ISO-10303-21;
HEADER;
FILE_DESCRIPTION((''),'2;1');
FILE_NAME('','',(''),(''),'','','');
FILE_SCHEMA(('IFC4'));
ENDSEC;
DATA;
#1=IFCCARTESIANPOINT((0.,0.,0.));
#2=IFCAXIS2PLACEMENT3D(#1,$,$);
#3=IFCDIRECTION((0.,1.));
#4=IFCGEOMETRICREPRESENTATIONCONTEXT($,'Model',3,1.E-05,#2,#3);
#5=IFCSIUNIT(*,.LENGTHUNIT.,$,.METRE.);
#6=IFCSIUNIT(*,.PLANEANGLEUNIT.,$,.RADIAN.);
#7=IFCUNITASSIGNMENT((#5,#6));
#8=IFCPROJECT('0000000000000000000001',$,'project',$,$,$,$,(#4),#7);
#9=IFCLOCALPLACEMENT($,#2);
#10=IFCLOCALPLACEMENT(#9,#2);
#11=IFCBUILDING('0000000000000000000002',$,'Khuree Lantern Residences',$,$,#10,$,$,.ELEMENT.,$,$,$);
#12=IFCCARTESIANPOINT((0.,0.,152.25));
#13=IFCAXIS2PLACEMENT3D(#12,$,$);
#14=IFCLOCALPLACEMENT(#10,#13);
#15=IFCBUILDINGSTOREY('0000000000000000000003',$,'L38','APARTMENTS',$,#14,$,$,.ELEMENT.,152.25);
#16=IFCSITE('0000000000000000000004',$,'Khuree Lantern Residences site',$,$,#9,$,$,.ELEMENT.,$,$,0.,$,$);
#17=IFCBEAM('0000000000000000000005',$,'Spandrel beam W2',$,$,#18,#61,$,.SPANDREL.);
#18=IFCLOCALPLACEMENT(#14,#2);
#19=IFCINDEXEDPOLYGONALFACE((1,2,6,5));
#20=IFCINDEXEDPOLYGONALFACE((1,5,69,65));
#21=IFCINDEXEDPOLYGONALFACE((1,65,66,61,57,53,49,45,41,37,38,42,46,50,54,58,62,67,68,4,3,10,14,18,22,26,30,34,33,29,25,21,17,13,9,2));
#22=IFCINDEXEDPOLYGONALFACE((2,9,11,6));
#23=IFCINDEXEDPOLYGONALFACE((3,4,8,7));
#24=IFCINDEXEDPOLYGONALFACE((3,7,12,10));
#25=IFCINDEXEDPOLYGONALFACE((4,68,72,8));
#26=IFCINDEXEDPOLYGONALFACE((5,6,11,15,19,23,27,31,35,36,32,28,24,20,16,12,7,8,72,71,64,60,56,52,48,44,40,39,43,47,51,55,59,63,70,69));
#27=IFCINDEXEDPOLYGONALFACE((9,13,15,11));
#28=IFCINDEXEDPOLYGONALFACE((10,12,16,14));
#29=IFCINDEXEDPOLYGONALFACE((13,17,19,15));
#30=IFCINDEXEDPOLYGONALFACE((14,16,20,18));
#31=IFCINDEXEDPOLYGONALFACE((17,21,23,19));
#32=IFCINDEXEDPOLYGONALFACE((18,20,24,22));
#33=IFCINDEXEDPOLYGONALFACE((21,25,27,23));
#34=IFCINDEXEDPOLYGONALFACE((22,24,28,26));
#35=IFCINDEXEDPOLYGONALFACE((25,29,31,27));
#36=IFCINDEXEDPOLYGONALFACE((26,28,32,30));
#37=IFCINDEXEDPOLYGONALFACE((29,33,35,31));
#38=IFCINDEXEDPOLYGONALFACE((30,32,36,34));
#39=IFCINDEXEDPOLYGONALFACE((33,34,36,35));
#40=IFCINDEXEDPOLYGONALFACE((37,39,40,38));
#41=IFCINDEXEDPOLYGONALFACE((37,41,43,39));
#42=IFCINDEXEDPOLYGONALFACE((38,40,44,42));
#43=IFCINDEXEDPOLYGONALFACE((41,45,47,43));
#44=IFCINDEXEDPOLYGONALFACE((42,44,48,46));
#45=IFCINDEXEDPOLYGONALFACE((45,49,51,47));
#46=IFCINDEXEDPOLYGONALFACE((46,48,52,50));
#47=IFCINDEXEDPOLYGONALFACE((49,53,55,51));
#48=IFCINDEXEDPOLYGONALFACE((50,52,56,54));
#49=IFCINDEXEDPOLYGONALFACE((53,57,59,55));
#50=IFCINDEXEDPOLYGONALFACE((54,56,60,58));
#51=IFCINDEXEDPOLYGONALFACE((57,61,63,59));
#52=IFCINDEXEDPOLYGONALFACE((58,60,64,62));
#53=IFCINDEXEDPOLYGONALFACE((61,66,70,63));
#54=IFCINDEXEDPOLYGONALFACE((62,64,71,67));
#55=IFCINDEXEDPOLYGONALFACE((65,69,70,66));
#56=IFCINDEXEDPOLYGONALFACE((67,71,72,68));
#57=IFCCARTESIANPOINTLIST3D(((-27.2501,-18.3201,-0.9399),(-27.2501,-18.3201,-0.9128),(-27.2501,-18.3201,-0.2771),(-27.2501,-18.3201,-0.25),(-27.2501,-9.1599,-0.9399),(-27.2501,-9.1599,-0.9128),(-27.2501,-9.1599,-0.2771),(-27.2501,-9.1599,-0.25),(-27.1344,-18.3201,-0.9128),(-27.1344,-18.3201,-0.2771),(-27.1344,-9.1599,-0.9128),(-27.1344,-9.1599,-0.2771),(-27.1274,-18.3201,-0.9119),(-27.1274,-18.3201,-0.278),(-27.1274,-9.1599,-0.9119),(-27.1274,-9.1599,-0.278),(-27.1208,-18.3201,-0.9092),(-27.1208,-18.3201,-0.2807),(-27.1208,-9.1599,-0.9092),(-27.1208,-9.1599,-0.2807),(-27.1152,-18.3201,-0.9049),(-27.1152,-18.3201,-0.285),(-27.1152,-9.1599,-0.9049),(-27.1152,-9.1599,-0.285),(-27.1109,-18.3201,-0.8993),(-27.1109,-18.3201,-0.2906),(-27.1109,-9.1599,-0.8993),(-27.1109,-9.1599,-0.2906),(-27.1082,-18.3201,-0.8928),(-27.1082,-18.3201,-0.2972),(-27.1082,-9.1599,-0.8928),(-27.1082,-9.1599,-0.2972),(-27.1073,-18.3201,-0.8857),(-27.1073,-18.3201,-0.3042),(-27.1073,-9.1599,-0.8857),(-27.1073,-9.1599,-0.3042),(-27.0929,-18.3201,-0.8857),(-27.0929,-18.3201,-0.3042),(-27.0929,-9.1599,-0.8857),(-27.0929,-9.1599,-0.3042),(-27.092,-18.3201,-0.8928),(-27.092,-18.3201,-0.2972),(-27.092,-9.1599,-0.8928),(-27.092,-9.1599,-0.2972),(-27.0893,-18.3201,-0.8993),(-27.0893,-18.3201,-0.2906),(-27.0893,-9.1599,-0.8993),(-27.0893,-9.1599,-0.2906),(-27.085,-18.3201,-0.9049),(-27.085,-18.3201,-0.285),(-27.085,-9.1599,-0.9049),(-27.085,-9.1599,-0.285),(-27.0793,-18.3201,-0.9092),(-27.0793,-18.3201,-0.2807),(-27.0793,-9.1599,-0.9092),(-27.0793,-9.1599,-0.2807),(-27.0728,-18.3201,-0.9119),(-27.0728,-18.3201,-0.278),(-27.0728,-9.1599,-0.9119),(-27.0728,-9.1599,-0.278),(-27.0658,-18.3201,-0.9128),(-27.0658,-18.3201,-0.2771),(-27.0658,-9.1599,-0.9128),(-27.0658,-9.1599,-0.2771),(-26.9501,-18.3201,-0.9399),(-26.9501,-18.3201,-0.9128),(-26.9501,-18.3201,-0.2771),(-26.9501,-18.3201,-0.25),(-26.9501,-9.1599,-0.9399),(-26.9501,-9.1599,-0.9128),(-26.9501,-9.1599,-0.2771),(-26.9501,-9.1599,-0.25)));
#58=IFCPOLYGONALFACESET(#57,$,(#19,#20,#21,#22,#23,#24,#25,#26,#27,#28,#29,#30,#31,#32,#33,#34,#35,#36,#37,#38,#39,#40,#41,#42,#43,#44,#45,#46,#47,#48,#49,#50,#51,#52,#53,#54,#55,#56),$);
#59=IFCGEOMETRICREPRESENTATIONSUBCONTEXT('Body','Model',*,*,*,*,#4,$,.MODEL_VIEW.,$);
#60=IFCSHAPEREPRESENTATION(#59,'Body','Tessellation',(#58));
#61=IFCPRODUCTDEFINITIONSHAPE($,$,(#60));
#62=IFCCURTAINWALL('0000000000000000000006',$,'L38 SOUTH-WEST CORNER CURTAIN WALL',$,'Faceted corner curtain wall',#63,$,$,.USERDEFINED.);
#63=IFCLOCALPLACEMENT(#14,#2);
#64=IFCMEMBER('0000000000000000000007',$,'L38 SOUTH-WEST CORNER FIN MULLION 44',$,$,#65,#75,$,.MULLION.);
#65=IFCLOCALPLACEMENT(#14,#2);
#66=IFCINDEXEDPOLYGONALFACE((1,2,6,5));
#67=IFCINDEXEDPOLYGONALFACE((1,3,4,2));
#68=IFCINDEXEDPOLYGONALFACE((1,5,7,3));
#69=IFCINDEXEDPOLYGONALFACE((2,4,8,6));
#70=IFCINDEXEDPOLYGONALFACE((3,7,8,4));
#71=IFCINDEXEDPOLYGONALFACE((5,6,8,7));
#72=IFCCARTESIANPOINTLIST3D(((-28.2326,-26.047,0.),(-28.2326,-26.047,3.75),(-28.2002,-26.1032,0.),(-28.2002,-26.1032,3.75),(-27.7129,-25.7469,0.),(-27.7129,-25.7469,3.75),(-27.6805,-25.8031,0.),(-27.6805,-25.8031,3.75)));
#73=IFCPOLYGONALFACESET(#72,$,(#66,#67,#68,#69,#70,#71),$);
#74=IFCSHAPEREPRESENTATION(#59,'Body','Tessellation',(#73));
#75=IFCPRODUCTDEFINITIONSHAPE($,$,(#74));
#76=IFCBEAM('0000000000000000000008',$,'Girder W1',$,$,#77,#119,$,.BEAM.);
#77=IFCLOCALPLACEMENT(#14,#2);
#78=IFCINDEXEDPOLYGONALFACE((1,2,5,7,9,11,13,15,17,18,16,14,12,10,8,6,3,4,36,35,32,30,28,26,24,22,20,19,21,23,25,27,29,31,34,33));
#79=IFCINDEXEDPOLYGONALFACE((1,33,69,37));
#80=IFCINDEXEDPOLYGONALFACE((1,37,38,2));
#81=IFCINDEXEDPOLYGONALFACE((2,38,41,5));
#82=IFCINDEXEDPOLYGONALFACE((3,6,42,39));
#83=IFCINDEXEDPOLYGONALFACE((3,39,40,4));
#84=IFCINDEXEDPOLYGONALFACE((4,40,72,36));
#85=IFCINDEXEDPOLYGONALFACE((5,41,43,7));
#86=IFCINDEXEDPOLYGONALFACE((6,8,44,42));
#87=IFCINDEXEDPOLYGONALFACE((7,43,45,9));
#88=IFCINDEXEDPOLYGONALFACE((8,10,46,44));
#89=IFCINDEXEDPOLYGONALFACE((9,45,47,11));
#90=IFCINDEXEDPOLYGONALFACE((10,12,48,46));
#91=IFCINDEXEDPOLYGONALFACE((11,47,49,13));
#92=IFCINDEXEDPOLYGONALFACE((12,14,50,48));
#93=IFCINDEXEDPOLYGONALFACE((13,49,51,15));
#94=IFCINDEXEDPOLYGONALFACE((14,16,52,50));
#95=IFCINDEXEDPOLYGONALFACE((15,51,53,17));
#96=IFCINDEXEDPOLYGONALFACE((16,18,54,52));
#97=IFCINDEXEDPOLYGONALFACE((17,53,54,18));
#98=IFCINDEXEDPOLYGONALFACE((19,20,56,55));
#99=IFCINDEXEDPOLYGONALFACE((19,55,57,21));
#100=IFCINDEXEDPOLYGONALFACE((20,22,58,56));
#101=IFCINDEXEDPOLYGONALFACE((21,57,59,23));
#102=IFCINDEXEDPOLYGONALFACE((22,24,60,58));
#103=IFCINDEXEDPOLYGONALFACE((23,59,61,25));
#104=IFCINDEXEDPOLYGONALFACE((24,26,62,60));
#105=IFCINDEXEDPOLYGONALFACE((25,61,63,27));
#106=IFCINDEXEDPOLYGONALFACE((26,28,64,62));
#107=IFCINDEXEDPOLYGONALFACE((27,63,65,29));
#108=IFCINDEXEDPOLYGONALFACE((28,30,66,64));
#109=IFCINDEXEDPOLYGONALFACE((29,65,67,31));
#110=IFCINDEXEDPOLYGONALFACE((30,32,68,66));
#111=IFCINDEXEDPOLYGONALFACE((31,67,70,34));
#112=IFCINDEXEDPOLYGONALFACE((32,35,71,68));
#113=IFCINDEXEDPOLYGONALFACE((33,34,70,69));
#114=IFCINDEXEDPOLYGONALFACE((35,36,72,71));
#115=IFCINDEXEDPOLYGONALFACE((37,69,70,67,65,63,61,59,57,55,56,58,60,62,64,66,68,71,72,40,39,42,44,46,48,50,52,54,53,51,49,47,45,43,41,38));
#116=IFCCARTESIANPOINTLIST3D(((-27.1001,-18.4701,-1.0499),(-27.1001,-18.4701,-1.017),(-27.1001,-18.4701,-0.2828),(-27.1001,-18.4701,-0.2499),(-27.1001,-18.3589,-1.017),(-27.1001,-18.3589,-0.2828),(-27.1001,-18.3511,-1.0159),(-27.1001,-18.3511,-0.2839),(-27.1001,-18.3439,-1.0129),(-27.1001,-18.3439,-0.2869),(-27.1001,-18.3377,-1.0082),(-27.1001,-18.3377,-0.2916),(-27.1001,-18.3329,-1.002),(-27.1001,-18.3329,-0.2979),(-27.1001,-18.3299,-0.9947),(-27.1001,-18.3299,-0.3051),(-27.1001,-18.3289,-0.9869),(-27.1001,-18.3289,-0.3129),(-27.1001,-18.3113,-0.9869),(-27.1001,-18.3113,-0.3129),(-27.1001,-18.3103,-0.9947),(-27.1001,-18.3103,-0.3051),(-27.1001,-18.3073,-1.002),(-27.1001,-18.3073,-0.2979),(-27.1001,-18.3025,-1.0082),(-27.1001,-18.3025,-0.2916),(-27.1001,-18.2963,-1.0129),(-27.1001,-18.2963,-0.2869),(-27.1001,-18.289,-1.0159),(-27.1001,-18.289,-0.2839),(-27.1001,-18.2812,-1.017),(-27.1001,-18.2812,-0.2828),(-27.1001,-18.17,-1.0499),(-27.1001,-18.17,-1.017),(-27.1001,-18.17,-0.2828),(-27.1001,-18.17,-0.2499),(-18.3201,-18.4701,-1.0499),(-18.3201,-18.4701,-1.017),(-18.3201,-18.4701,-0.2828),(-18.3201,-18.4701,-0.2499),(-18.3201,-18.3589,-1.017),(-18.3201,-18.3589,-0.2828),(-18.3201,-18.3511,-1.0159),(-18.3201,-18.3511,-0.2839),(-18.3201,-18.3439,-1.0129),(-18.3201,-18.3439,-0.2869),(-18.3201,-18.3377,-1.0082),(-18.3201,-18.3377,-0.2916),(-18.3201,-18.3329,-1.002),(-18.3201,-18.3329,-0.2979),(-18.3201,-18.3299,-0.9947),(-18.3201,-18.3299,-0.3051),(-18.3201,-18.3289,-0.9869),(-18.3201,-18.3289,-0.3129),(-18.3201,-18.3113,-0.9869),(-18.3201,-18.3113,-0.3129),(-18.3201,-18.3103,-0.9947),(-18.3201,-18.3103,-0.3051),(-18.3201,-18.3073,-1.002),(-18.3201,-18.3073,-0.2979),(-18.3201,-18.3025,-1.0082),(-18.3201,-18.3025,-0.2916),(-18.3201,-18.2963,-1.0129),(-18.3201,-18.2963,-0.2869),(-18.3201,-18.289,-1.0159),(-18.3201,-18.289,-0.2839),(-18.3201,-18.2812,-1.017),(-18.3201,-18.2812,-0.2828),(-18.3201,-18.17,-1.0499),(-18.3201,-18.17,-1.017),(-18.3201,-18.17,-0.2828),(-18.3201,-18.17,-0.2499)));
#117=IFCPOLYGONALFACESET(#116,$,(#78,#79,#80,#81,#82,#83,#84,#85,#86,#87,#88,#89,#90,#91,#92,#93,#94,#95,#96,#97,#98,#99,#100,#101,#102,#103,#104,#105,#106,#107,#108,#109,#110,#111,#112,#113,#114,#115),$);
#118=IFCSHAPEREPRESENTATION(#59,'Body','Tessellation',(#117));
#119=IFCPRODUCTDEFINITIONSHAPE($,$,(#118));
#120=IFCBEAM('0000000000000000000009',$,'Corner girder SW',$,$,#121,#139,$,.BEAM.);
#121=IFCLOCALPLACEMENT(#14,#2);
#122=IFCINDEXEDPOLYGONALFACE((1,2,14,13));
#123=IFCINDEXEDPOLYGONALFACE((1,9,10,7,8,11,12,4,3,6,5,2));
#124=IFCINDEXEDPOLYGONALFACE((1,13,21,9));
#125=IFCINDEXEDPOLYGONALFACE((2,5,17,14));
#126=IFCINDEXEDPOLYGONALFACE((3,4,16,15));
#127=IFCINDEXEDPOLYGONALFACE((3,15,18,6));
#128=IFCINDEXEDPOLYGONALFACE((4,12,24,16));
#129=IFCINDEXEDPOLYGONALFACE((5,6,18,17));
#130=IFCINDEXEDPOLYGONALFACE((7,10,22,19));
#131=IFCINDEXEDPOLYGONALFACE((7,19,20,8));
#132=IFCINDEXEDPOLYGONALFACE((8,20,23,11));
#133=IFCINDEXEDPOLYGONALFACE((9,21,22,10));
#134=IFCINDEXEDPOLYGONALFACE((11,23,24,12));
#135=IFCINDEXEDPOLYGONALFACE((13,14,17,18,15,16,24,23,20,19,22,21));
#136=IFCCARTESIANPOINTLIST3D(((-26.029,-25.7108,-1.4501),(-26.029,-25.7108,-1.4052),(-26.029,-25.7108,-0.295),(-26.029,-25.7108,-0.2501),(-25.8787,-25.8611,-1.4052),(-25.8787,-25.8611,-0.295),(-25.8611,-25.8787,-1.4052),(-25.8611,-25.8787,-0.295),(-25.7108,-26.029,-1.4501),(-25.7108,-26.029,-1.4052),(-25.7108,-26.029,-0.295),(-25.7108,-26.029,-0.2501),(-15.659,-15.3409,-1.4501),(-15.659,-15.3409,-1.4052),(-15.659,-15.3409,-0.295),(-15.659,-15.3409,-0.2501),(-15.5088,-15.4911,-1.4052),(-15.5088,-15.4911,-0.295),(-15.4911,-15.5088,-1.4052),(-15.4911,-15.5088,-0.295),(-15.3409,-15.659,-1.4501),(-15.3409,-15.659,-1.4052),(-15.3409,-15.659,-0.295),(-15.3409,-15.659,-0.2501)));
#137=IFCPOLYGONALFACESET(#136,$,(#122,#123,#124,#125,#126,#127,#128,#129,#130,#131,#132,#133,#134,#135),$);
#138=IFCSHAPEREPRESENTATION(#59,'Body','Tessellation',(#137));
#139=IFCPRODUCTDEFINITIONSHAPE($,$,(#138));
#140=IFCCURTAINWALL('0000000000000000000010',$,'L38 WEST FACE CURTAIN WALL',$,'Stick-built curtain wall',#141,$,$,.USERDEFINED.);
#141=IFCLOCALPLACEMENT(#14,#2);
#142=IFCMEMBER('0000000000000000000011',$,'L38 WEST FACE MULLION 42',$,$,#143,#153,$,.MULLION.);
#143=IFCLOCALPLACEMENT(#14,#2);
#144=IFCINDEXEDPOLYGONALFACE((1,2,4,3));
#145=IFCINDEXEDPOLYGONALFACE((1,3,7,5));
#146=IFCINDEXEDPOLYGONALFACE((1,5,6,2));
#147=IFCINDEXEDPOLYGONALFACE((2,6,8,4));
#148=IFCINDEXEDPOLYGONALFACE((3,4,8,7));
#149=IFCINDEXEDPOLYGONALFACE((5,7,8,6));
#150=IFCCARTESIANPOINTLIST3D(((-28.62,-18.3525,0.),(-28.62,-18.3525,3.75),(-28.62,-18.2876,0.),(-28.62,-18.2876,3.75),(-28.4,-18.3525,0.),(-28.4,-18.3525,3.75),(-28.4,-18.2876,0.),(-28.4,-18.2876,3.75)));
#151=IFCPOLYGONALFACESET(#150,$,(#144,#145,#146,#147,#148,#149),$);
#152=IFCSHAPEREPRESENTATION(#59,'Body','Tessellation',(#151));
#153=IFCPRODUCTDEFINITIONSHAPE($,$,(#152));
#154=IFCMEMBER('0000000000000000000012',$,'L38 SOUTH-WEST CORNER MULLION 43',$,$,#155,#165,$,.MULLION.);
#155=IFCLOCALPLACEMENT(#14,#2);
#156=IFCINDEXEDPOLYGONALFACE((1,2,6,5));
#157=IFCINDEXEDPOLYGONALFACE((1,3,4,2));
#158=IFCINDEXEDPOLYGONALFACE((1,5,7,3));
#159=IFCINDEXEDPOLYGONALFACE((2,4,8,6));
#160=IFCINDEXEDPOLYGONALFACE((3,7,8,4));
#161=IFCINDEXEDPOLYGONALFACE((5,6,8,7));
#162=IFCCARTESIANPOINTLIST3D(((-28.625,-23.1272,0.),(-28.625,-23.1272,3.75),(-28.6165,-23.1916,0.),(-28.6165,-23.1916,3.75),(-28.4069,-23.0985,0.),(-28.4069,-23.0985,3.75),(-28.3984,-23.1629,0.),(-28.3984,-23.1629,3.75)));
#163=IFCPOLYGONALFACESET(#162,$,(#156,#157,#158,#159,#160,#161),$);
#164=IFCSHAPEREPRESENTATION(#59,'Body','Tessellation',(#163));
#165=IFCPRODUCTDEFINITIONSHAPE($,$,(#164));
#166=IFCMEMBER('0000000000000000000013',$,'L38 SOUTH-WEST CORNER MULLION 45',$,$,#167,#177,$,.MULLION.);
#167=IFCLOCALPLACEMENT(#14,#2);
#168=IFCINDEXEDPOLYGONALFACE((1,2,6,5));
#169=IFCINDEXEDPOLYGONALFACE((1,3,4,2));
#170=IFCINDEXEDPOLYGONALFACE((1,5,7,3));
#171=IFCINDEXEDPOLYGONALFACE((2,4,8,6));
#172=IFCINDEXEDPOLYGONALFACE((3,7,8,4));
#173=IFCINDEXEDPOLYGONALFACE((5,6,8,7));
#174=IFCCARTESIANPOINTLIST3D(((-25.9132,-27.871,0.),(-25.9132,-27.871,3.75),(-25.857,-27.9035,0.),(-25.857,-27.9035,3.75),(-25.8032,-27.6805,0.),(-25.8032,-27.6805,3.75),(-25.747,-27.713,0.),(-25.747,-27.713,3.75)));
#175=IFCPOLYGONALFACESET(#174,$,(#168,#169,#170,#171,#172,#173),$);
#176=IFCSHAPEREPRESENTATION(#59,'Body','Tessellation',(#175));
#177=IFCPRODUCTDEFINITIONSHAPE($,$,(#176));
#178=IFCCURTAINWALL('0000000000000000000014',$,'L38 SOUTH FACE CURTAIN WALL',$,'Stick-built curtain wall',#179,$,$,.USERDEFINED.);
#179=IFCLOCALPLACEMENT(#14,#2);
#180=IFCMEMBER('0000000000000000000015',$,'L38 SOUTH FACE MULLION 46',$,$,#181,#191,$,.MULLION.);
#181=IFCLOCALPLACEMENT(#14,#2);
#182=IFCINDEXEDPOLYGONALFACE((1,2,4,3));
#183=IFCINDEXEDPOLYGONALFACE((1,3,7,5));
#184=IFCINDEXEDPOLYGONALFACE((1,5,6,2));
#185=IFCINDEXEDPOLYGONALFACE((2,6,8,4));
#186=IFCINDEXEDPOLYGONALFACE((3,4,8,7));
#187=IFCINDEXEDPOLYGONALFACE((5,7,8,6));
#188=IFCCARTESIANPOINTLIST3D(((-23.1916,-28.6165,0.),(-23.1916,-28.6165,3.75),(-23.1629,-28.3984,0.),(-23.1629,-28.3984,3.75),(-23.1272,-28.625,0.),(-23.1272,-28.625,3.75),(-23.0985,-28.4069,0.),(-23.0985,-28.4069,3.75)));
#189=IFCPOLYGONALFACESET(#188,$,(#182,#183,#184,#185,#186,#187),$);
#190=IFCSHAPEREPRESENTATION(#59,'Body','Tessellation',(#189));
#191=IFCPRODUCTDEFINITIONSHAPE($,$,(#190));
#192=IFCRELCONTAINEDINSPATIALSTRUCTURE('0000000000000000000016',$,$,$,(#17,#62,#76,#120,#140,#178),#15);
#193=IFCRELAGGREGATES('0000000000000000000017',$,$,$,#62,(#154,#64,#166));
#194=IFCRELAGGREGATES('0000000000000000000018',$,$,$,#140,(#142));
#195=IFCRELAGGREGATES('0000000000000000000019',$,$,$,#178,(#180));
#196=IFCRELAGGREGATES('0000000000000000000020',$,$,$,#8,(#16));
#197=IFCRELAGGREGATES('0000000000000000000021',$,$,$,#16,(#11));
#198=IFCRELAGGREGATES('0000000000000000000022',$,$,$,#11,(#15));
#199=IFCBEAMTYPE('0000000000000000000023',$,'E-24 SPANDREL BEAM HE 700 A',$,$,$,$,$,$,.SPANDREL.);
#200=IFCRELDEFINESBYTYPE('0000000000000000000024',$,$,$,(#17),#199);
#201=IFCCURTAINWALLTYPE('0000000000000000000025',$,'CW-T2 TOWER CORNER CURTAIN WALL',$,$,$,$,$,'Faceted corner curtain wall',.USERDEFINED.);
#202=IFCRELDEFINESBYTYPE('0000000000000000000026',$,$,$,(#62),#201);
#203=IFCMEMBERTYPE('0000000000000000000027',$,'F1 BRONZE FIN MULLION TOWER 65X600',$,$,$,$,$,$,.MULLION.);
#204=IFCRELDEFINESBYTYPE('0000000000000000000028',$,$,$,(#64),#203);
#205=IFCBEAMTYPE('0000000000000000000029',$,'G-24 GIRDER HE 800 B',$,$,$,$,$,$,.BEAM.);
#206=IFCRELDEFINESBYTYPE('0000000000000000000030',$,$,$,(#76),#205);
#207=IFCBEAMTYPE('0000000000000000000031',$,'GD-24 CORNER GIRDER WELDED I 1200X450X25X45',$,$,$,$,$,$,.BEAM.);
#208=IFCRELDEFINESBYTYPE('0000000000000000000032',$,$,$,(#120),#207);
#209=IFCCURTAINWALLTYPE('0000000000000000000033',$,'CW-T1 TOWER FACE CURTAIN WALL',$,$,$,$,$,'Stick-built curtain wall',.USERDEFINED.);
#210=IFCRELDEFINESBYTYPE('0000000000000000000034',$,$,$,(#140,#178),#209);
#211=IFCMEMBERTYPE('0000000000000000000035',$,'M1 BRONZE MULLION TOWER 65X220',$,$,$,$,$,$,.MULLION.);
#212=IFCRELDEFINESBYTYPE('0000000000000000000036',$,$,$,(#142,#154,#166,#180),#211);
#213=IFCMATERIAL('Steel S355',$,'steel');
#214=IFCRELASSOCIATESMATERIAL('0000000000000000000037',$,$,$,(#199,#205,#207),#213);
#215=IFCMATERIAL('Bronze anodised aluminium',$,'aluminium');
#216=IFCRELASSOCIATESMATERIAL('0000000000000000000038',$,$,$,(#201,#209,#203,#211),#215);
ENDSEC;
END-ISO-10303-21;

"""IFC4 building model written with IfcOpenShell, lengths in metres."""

from ifc_helpers import new_model, si_unit, direction, frame, origin, origin_2d, place, context, subcontext, project, spatial, rectangle, i_section, extrude, material, material_profile, profile_set, type_object, element, aggregate, save


model = new_model("IFC4")

# Units and contexts
model_context = context("Model", 3, precision=1e-05, world=origin(), true_north=direction((0.0, 1.0)))
body_context = subcontext(model_context, "Body", "Model", "MODEL_VIEW")
ifc_project = project(units=[si_unit("LENGTHUNIT", "METRE"), si_unit("PLANEANGLEUNIT", "RADIAN")], contexts=[model_context])

# Site, building, storey
site_placement = place(None, origin())
site = spatial("IfcSite", under=ifc_project, at=site_placement, Name="Khuree Lantern Residences site", CompositionType="ELEMENT", RefElevation=0.0)
building_placement = place(site_placement, origin())
building = spatial("IfcBuilding", under=site, at=building_placement, Name="Khuree Lantern Residences", CompositionType="ELEMENT")
storey_placement = place(building_placement, frame((0.0, 0.0, 152.25)))
storey = spatial("IfcBuildingStorey", under=building, at=storey_placement, Name="L38", Description="APARTMENTS", CompositionType="ELEMENT", Elevation=152.25)

# Beam
ifc_material_1 = material(Name="Steel S355", Category="steel")
ifc_material_profile_1 = material_profile(ifc_material_1, i_section(OverallWidth=0.3, OverallDepth=0.6899, WebThickness=0.0144, FlangeThickness=0.0271, FilletRadius=0.0271, at=origin_2d()), Name="HE 700 A")
ifc_profile_set_1 = profile_set([ifc_material_profile_1], Name="Steel S355")
beam_type_1 = type_object("IfcBeamType", Name="E-24 SPANDREL BEAM HE 700 A", PredefinedType="SPANDREL", material=ifc_profile_set_1)
beam_1_placement = place(storey_placement, frame((-27.1001, -18.3201, -0.595), z_axis=(0.0, 1.0, 0.0), x_axis=(-1.0, 0.0, 0.0)))
element("IfcBeam", 1, at=beam_1_placement, inside=storey, type_object=beam_type_1, Name="Spandrel beam W2", PredefinedType="SPANDREL", context=body_context, shape_type="SweptSolid", body=[
    extrude(i_section(OverallWidth=0.3, OverallDepth=0.6899, WebThickness=0.0144, FlangeThickness=0.0271, FilletRadius=0.0271, at=origin_2d()), origin(), (0.0, 0.0, 1.0), 9.1602),
])

# Curtain wall, member
ifc_material_2 = material(Name="Bronze anodised aluminium", Category="aluminium")
curtain_wall_type_1 = type_object("IfcCurtainWallType", Name="CW-T2 TOWER CORNER CURTAIN WALL", ElementType="Faceted corner curtain wall", PredefinedType="USERDEFINED", material=ifc_material_2)
curtain_wall_1_placement = place(storey_placement, origin())
curtain_wall_1 = element("IfcCurtainWall", 2, at=curtain_wall_1_placement, inside=storey, type_object=curtain_wall_type_1, Name="L38 SOUTH-WEST CORNER CURTAIN WALL", ObjectType="Faceted corner curtain wall", PredefinedType="USERDEFINED")
ifc_material_profile_2 = material_profile(ifc_material_2, rectangle(XDim=0.0649, YDim=0.6001, at=origin_2d()), Name="F1 65X600")
ifc_profile_set_2 = profile_set([ifc_material_profile_2], Name="Bronze anodised aluminium")
member_type_1 = type_object("IfcMemberType", Name="F1 BRONZE FIN MULLION TOWER 65X600", PredefinedType="MULLION", material=ifc_profile_set_2)
member_1_placement = place(storey_placement, frame((-27.9565, -25.925, 0.0), z_axis=(0.0, 0.0, 1.0), x_axis=(0.5, -0.866025, 0.0)))
member_1 = element("IfcMember", 3, at=member_1_placement, type_object=member_type_1, Name="L38 SOUTH-WEST CORNER FIN MULLION 44", PredefinedType="MULLION", context=body_context, shape_type="SweptSolid", body=[
    extrude(rectangle(XDim=0.0649, YDim=0.6001, at=origin_2d()), origin(), (0.0, 0.0, 1.0), 3.75),
])

# Beams
ifc_material_profile_3 = material_profile(ifc_material_1, i_section(OverallWidth=0.3, OverallDepth=0.8, WebThickness=0.0176, FlangeThickness=0.033, FilletRadius=0.03, at=origin_2d()), Name="HE 800 B")
ifc_profile_set_3 = profile_set([ifc_material_profile_3], Name="Steel S355")
beam_type_2 = type_object("IfcBeamType", Name="G-24 GIRDER HE 800 B", PredefinedType="BEAM", material=ifc_profile_set_3)
beam_2_placement = place(storey_placement, frame((-27.1001, -18.3201, -0.6499), z_axis=(1.0, 0.0, 0.0), x_axis=(0.0, 1.0, 0.0)))
element("IfcBeam", 4, at=beam_2_placement, inside=storey, type_object=beam_type_2, Name="Girder W1", PredefinedType="BEAM", context=body_context, shape_type="SweptSolid", body=[
    extrude(i_section(OverallWidth=0.3, OverallDepth=0.8, WebThickness=0.0176, FlangeThickness=0.033, FilletRadius=0.03, at=origin_2d()), origin(), (0.0, 0.0, 1.0), 8.78),
])
ifc_material_profile_4 = material_profile(ifc_material_1, i_section(OverallWidth=0.45, OverallDepth=1.2, WebThickness=0.0249, FlangeThickness=0.0449, at=origin_2d()), Name="WELDED I 1200X450X25X45")
ifc_profile_set_4 = profile_set([ifc_material_profile_4], Name="Steel S355")
beam_type_3 = type_object("IfcBeamType", Name="GD-24 CORNER GIRDER WELDED I 1200X450X25X45", PredefinedType="BEAM", material=ifc_profile_set_4)
beam_3_placement = place(storey_placement, frame((-25.8699, -25.8699, -0.8501), z_axis=(0.707107, 0.707107, 0.0), x_axis=(-0.707107, 0.707107, 0.0)))
element("IfcBeam", 5, at=beam_3_placement, inside=storey, type_object=beam_type_3, Name="Corner girder SW", PredefinedType="BEAM", context=body_context, shape_type="SweptSolid", body=[
    extrude(i_section(OverallWidth=0.45, OverallDepth=1.2, WebThickness=0.0249, FlangeThickness=0.0449, at=origin_2d()), origin(), (0.0, 0.0, 1.0), 14.6653),
])

# Curtain wall, member
curtain_wall_type_2 = type_object("IfcCurtainWallType", Name="CW-T1 TOWER FACE CURTAIN WALL", ElementType="Stick-built curtain wall", PredefinedType="USERDEFINED", material=ifc_material_2)
curtain_wall_2_placement = place(storey_placement, origin())
curtain_wall_2 = element("IfcCurtainWall", 6, at=curtain_wall_2_placement, inside=storey, type_object=curtain_wall_type_2, Name="L38 WEST FACE CURTAIN WALL", ObjectType="Stick-built curtain wall", PredefinedType="USERDEFINED")
ifc_material_profile_5 = material_profile(ifc_material_2, rectangle(XDim=0.0649, YDim=0.22, at=origin_2d()), Name="M1 65X220")
ifc_profile_set_5 = profile_set([ifc_material_profile_5], Name="Bronze anodised aluminium")
member_type_2 = type_object("IfcMemberType", Name="M1 BRONZE MULLION TOWER 65X220", PredefinedType="MULLION", material=ifc_profile_set_5)
member_2_placement = place(storey_placement, frame((-28.51, -18.3201, 0.0), z_axis=(0.0, 0.0, 1.0), x_axis=(0.0, -1.0, 0.0)))
member_2 = element("IfcMember", 7, at=member_2_placement, type_object=member_type_2, Name="L38 WEST FACE MULLION 42", PredefinedType="MULLION", context=body_context, shape_type="SweptSolid", body=[
    extrude(rectangle(XDim=0.0649, YDim=0.22, at=origin_2d()), origin(), (0.0, 0.0, 1.0), 3.75),
])

# Members
member_3_placement = place(storey_placement, frame((-28.5117, -23.145, 0.0), z_axis=(0.0, 0.0, 1.0), x_axis=(0.130526, -0.991445, 0.0)))
member_3 = element("IfcMember", 8, at=member_3_placement, type_object=member_type_2, Name="L38 SOUTH-WEST CORNER MULLION 43", PredefinedType="MULLION", context=body_context, shape_type="SweptSolid", body=[
    extrude(rectangle(XDim=0.0649, YDim=0.22, at=origin_2d()), origin(), (0.0, 0.0, 1.0), 3.75),
])
member_4_placement = place(storey_placement, frame((-25.8301, -27.792, 0.0), z_axis=(0.0, 0.0, 1.0), x_axis=(0.866025, -0.5, 0.0)))
member_4 = element("IfcMember", 9, at=member_4_placement, type_object=member_type_2, Name="L38 SOUTH-WEST CORNER MULLION 45", PredefinedType="MULLION", context=body_context, shape_type="SweptSolid", body=[
    extrude(rectangle(XDim=0.0649, YDim=0.22, at=origin_2d()), origin(), (0.0, 0.0, 1.0), 3.75),
])

# Curtain wall, member
curtain_wall_3_placement = place(storey_placement, origin())
curtain_wall_3 = element("IfcCurtainWall", 10, at=curtain_wall_3_placement, inside=storey, type_object=curtain_wall_type_2, Name="L38 SOUTH FACE CURTAIN WALL", ObjectType="Stick-built curtain wall", PredefinedType="USERDEFINED")
member_5_placement = place(storey_placement, frame((-23.145, -28.5117, 0.0), z_axis=(0.0, 0.0, 1.0), x_axis=(0.991445, -0.130526, 0.0)))
member_5 = element("IfcMember", 11, at=member_5_placement, type_object=member_type_2, Name="L38 SOUTH FACE MULLION 46", PredefinedType="MULLION", context=body_context, shape_type="SweptSolid", body=[
    extrude(rectangle(XDim=0.0649, YDim=0.22, at=origin_2d()), origin(), (0.0, 0.0, 1.0), 3.75),
])

aggregate(curtain_wall_1, [member_3, member_1, member_4])
aggregate(curtain_wall_2, [member_2])
aggregate(curtain_wall_3, [member_5])

save(model, "model.ifc")
